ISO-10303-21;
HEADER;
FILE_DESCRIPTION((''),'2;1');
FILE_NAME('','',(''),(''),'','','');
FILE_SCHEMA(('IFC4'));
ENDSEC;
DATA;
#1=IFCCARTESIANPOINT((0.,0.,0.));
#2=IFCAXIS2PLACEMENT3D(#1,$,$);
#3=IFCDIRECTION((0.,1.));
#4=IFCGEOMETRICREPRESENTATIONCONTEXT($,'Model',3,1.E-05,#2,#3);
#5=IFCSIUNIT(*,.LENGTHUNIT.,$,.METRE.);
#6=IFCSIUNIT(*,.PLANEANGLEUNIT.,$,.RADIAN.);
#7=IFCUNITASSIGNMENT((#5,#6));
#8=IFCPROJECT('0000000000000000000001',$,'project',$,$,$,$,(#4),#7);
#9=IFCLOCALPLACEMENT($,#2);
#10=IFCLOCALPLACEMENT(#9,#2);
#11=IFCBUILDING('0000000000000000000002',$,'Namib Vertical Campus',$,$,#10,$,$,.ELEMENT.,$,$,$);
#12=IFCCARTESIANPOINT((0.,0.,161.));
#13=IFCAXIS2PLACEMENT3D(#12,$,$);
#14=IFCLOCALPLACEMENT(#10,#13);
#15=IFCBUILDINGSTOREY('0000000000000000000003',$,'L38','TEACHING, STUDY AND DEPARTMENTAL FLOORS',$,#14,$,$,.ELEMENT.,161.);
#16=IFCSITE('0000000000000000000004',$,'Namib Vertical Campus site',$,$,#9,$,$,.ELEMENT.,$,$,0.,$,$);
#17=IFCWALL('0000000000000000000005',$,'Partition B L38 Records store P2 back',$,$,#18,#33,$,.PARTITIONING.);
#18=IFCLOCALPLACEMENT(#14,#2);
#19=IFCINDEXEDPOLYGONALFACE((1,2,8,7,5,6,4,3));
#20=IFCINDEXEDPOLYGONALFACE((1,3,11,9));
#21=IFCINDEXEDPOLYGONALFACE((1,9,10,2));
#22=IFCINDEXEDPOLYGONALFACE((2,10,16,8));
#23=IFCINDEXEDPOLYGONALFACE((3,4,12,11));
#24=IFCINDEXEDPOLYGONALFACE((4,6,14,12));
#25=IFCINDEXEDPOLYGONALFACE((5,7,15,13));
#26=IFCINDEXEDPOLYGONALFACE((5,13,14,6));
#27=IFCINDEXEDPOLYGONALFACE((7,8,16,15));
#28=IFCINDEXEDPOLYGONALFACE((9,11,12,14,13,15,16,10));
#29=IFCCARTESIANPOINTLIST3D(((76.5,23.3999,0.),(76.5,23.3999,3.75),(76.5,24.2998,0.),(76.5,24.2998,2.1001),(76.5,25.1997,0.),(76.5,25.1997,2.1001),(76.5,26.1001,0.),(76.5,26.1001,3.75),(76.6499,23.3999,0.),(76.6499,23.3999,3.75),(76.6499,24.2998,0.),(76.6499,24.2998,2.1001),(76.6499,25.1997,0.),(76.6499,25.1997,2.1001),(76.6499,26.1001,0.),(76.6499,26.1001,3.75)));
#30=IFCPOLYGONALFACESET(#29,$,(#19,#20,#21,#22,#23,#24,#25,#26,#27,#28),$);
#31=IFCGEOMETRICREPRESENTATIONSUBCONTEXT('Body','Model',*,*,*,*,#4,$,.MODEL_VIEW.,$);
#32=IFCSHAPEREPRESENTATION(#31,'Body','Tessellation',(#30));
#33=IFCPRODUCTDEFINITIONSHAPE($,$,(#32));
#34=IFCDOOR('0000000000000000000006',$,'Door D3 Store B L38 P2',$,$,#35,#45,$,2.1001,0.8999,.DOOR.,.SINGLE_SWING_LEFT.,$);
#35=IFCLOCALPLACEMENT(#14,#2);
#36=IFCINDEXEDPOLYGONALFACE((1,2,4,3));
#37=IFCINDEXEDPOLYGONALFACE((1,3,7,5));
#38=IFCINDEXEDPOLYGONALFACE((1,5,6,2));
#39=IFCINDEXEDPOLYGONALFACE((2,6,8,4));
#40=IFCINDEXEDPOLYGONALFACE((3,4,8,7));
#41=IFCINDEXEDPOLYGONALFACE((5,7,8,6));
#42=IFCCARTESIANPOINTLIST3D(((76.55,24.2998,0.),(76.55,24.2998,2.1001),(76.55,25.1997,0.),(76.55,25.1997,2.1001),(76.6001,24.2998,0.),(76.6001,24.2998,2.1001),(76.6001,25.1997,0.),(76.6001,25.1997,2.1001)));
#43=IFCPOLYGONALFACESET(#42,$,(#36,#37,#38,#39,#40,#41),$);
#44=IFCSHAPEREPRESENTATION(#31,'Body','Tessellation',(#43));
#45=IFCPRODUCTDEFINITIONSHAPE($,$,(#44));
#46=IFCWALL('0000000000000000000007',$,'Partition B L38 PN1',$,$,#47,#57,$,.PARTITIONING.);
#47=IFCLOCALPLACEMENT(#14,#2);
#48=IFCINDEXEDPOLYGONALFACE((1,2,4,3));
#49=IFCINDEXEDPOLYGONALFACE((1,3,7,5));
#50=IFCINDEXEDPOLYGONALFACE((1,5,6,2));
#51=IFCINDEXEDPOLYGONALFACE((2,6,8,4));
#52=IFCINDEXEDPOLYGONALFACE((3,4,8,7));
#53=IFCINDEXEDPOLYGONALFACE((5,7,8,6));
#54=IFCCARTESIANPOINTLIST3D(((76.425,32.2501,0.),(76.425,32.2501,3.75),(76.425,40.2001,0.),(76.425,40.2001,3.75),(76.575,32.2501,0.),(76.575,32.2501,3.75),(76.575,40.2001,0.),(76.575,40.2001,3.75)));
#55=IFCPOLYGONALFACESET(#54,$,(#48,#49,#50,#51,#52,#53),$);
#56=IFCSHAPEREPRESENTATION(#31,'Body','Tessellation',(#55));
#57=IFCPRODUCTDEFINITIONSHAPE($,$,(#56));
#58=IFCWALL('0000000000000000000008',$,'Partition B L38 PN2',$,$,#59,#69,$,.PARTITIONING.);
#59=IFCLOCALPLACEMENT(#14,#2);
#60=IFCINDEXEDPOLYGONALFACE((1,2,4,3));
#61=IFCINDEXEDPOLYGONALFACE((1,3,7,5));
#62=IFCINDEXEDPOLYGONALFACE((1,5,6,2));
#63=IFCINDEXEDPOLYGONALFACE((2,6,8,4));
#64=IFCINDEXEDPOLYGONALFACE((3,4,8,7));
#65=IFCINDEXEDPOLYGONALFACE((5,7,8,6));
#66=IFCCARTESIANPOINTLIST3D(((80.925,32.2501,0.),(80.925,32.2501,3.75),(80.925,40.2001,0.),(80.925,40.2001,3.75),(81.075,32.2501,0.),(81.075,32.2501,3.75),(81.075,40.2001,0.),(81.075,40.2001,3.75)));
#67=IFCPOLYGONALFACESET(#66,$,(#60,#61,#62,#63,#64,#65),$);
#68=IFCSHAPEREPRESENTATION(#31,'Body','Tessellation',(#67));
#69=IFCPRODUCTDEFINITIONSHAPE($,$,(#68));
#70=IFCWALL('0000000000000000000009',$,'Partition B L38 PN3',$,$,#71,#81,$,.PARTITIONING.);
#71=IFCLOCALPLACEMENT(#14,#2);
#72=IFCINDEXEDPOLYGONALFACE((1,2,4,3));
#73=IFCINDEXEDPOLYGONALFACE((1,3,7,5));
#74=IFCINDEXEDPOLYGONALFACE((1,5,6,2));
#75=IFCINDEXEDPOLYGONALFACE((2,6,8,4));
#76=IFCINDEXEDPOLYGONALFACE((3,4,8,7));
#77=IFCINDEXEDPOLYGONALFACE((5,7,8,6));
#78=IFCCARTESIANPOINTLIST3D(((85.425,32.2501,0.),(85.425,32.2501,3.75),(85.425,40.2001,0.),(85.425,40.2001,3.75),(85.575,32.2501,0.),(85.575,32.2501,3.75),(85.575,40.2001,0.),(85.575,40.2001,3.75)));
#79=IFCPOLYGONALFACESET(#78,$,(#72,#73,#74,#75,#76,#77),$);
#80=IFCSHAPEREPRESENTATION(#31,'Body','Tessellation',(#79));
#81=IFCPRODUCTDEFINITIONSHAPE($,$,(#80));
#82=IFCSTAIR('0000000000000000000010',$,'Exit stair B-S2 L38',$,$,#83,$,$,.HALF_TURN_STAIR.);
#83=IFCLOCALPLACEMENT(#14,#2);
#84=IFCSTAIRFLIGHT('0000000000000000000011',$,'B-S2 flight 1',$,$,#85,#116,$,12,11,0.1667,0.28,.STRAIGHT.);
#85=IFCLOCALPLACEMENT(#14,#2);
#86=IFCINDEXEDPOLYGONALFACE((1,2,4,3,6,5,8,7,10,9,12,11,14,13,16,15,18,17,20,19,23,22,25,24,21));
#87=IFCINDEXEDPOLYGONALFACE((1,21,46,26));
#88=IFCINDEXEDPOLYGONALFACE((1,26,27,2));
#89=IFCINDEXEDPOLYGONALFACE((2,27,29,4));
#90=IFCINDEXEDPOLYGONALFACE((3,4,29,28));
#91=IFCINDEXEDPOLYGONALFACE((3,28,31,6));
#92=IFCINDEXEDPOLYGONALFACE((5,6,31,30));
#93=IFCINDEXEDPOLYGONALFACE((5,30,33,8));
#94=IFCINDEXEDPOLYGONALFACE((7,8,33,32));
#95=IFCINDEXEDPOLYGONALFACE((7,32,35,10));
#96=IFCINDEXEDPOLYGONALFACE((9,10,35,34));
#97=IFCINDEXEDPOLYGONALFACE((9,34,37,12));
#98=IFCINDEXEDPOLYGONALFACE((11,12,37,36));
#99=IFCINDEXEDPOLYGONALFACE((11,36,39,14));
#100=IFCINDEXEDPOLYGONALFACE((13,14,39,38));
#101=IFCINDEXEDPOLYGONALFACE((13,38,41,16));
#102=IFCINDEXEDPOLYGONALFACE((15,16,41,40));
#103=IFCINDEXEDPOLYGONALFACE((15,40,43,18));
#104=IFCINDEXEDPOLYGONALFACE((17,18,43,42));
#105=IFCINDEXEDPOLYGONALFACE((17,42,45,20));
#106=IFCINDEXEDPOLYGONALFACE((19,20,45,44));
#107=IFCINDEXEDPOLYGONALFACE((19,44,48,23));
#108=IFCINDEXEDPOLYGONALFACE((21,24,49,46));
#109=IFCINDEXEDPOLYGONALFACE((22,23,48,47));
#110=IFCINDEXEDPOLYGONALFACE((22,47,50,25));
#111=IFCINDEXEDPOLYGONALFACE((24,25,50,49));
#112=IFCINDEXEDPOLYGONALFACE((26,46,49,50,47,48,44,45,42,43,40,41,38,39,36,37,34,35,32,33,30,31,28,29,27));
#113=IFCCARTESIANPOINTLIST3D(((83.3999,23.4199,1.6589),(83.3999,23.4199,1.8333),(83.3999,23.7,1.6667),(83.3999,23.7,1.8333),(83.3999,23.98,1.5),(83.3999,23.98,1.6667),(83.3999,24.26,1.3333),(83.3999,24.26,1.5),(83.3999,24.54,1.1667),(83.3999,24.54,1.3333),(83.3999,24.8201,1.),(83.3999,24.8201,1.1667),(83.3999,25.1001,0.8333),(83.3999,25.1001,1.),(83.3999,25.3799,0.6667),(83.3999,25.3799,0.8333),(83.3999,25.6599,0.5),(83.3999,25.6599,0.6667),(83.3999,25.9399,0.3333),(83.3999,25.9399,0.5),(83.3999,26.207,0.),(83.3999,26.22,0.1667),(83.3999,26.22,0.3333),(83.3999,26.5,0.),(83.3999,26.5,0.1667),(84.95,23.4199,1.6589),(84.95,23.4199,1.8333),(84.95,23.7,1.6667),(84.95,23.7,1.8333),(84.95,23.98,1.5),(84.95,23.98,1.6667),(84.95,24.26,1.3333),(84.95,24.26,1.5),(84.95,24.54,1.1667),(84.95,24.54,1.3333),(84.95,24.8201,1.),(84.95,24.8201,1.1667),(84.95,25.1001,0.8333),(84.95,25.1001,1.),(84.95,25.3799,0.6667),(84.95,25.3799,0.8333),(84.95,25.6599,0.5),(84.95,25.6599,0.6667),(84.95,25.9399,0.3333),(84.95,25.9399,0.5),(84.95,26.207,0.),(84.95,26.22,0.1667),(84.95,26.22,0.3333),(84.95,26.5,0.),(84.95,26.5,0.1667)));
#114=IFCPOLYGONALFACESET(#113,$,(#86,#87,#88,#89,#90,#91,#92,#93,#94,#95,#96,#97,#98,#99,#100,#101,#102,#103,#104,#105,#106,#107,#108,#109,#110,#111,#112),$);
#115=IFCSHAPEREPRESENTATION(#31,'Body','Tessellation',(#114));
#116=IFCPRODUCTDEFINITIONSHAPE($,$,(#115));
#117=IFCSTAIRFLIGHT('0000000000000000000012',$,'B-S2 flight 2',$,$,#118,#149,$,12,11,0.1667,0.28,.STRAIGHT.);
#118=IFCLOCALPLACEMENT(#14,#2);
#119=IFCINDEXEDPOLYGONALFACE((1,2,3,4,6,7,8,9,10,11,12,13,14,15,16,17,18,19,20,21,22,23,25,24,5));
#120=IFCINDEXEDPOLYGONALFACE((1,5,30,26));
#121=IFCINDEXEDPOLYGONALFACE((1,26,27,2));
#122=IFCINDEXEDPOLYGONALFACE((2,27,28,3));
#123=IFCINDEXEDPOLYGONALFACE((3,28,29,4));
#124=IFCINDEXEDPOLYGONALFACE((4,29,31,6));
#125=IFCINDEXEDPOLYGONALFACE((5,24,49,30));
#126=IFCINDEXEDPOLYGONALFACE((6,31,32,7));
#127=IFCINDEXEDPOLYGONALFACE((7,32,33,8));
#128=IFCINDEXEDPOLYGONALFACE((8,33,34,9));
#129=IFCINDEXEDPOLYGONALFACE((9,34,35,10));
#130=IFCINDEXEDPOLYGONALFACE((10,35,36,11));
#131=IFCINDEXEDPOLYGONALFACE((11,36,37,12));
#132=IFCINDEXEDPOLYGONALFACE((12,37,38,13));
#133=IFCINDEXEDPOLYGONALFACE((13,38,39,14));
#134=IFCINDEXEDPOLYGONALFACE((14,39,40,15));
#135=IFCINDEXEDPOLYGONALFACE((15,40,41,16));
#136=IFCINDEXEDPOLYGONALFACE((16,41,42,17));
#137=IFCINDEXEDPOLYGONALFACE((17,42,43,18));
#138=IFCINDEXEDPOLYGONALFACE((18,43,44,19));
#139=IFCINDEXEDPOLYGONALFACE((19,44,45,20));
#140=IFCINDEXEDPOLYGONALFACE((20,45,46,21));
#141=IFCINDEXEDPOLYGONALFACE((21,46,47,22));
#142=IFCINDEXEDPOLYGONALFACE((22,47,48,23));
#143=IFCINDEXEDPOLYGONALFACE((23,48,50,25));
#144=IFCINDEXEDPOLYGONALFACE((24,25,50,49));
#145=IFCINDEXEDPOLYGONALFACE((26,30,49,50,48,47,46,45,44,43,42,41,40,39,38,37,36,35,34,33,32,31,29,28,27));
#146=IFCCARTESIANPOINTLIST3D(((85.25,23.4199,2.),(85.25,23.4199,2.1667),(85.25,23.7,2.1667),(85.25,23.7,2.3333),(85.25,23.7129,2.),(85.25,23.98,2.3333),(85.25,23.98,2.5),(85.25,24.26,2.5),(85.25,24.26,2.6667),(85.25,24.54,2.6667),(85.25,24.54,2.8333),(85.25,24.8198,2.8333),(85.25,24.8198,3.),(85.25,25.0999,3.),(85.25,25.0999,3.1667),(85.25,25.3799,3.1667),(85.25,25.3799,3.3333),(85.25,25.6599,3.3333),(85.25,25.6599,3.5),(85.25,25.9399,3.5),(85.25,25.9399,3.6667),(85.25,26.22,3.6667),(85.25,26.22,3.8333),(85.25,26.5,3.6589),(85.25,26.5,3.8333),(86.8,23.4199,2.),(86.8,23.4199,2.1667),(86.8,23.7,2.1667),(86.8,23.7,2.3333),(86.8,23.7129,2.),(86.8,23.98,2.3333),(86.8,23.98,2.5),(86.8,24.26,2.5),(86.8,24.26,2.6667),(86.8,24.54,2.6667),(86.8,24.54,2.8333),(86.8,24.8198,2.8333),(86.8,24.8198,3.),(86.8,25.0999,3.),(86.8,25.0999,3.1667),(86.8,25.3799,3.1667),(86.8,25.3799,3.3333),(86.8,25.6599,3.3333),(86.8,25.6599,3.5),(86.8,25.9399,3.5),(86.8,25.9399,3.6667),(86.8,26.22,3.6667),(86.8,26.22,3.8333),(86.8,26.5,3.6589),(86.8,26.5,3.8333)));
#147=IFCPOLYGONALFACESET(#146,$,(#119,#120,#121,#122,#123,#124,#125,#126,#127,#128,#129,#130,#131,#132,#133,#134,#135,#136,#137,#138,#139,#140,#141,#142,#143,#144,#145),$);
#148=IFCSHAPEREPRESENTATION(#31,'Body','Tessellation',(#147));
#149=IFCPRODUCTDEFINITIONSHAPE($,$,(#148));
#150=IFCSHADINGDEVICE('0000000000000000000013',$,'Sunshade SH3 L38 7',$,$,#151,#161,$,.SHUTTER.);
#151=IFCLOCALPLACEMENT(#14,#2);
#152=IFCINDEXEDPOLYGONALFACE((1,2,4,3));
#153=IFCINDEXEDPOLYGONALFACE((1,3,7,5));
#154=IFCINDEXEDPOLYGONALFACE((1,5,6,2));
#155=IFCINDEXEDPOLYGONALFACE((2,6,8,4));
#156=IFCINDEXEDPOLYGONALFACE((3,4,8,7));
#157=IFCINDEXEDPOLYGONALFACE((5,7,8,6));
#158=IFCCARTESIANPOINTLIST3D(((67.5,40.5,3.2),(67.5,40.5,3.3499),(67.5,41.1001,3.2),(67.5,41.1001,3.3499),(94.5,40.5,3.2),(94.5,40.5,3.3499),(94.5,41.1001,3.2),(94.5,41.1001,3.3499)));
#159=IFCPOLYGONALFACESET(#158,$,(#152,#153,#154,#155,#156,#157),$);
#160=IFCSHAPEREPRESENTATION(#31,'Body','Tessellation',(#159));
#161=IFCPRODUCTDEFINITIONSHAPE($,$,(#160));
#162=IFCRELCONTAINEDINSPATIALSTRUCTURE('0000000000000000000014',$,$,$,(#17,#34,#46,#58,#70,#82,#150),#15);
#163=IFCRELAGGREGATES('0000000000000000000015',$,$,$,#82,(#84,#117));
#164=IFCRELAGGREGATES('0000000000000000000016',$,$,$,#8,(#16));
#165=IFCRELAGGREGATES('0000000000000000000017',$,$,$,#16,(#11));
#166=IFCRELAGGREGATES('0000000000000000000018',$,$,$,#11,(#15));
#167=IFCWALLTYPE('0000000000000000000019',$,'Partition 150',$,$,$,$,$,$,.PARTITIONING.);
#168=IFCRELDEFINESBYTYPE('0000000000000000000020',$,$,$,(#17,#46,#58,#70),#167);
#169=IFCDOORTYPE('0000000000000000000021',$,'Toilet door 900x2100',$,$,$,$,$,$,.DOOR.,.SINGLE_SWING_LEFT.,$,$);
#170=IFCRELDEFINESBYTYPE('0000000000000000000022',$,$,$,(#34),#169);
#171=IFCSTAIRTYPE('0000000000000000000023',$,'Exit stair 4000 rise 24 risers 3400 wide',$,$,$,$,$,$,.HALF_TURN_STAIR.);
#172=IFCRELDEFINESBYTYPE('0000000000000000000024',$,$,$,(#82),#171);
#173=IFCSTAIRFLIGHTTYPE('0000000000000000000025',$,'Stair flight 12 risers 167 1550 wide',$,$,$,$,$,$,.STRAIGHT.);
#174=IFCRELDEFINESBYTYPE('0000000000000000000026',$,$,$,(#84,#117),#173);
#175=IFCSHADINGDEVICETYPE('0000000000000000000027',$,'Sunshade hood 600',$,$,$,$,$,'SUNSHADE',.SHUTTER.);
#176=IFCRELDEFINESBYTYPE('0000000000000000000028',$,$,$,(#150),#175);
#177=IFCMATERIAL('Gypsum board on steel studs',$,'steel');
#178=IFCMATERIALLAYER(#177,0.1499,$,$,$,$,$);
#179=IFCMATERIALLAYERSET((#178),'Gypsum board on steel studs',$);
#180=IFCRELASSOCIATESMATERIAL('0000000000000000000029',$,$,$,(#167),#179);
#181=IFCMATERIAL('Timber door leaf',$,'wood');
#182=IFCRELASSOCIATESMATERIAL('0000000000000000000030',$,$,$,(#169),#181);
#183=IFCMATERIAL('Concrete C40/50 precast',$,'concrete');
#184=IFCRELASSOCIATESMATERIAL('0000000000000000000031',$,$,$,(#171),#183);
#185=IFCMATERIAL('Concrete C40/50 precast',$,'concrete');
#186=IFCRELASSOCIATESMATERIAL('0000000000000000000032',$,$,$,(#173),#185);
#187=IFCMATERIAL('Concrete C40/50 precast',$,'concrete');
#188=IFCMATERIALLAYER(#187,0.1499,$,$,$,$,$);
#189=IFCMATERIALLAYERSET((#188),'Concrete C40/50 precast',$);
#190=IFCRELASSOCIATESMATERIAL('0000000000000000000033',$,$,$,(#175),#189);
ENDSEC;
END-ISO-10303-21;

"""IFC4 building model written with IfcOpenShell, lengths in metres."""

from ifc_helpers import new_model, si_unit, direction, frame, frame_2d, origin, origin_2d, place, context, subcontext, project, spatial, polyline, rectangle, outline, extrude, material, layer, layer_set, type_object, element, fill, aggregate, save


model = new_model("IFC4")

# Units and contexts
model_context = context("Model", 3, precision=1e-05, world=origin(), true_north=direction((0.0, 1.0)))
body_context = subcontext(model_context, "Body", "Model", "MODEL_VIEW")
ifc_project = project(units=[si_unit("LENGTHUNIT", "METRE"), si_unit("PLANEANGLEUNIT", "RADIAN")], contexts=[model_context])

# Site, building, storey
site_placement = place(None, origin())
site = spatial("IfcSite", under=ifc_project, at=site_placement, Name="Namib Vertical Campus site", CompositionType="ELEMENT", RefElevation=0.0)
building_placement = place(site_placement, origin())
building = spatial("IfcBuilding", under=site, at=building_placement, Name="Namib Vertical Campus", CompositionType="ELEMENT")
storey_placement = place(building_placement, frame((0.0, 0.0, 161.0)))
storey = spatial("IfcBuildingStorey", under=building, at=storey_placement, Name="L38", Description="TEACHING, STUDY AND DEPARTMENTAL FLOORS", CompositionType="ELEMENT", Elevation=161.0)

# Shared definitions
ifc_material_1 = material(Name="Gypsum board on steel studs", Category="steel")
ifc_layer_1 = layer(ifc_material_1, 0.1499)
ifc_layer_set_1 = layer_set([ifc_layer_1], Name="Gypsum board on steel studs")
wall_type_1 = type_object("IfcWallType", Name="Partition 150", PredefinedType="PARTITIONING", material=ifc_layer_set_1)
ifc_material_2 = material(Name="Timber door leaf", Category="wood")
door_type = type_object("IfcDoorType", Name="Toilet door 900x2100", OperationType="SINGLE_SWING_LEFT", PredefinedType="DOOR", material=ifc_material_2)

# Wall, opening, door
wall_1_placement = place(storey_placement, frame((76.575, 23.3999, 0.0), z_axis=(0.0, 0.0, 1.0), x_axis=(0.0, 1.0, 0.0)))
wall_1 = element("IfcWall", 1, at=wall_1_placement, inside=storey, type_object=wall_type_1, Name="Partition B L38 Records store P2 back", PredefinedType="PARTITIONING", context=body_context, shape_type="SweptSolid", body=[
    extrude(rectangle(XDim=2.7002, YDim=0.1499, at=frame_2d((1.3501, 0.0))), origin(), (0.0, 0.0, 1.0), 3.75),
])
opening_1_placement = place(wall_1_placement, frame((0.8999, 0.0, 0.0)))
opening_1 = element("IfcOpeningElement", 2, at=opening_1_placement, cuts=wall_1, PredefinedType="OPENING", context=body_context, shape_type="SweptSolid", body=[
    extrude(rectangle(XDim=0.8999, YDim=2.1001, at=frame_2d((0.45, 1.05))), frame((0.0, 0.085, 0.0), z_axis=(0.0, -1.0, 0.0), x_axis=(1.0, 0.0, 0.0)), (0.0, 0.0, 1.0), 0.1699),
])
door_1_placement = place(opening_1_placement, origin())
door_1 = element("IfcDoor", 3, at=door_1_placement, inside=storey, type_object=door_type, Name="Door D3 Store B L38 P2", OperationType="SINGLE_SWING_LEFT", OverallHeight=2.1001, OverallWidth=0.8999, PredefinedType="DOOR", context=body_context, shape_type="SweptSolid", body=[
    extrude(rectangle(XDim=0.8999, YDim=2.1001, at=frame_2d((0.45, 1.05))), frame((0.0, 0.0249, 0.0), z_axis=(0.0, -1.0, 0.0), x_axis=(1.0, 0.0, 0.0)), (0.0, 0.0, 1.0), 0.05),
])
fill(opening_1, door_1)

# Walls
for number, where, z_axis, x_axis, name in (
    (4, (76.5, 32.25, 0.0), (0.0, 0.0, 1.0), (0.0, 1.0, 0.0), "Partition B L38 PN1"),
    (5, (81.0, 32.25, 0.0), (0.0, 0.0, 1.0), (0.0, 1.0, 0.0), "Partition B L38 PN2"),
    (6, (85.5, 32.25, 0.0), (0.0, 0.0, 1.0), (0.0, 1.0, 0.0), "Partition B L38 PN3"),
):
    element("IfcWall", number, at=place(storey_placement, frame(where, z_axis=z_axis, x_axis=x_axis)), inside=storey, type_object=wall_type_1, Name=name, PredefinedType="PARTITIONING", context=body_context, shape_type="SweptSolid", body=[
        extrude(rectangle(XDim=7.95, YDim=0.1499, at=frame_2d((3.9751, 0.0))), origin(), (0.0, 0.0, 1.0), 3.75),
    ])

# Stair, stair flights
ifc_material_3 = material(Name="Concrete C40/50 precast", Category="concrete")
stair_type = type_object("IfcStairType", Name="Exit stair 4000 rise 24 risers 3400 wide", PredefinedType="HALF_TURN_STAIR", material=ifc_material_3)
stair_placement = place(storey_placement, origin())
stair = element("IfcStair", 7, at=stair_placement, inside=storey, type_object=stair_type, Name="Exit stair B-S2 L38", PredefinedType="HALF_TURN_STAIR")
ifc_material_4 = material(Name="Concrete C40/50 precast", Category="concrete")
stair_flight_type = type_object("IfcStairFlightType", Name="Stair flight 12 risers 167 1550 wide", PredefinedType="STRAIGHT", material=ifc_material_4)
stair_flight_1_placement = place(storey_placement, frame((84.175, 26.5, 0.0), z_axis=(0.0, 0.0, 1.0), x_axis=(0.0, -1.0, 0.0)))
stair_flight_1 = element("IfcStairFlight", 8, at=stair_flight_1_placement, type_object=stair_flight_type, Name="B-S2 flight 1", NumberOfRisers=12, NumberOfTreads=11, PredefinedType="STRAIGHT", RiserHeight=0.1667, TreadLength=0.28, context=body_context, shape_type="SweptSolid", body=[
    extrude(outline(polyline([(0.0, 0.0), (0.0, 0.1667), (0.28, 0.1667), (0.28, 0.3333), (0.5601, 0.3333), (0.5601, 0.5), (0.8401, 0.5), (0.8401, 0.6667), (1.1201, 0.6667), (1.1201, 0.8333), (1.3999, 0.8333), (1.3999, 1.0), (1.6799, 1.0), (1.6799, 1.1667), (1.96, 1.1667), (1.96, 1.3333), (2.24, 1.3333), (2.24, 1.5), (2.52, 1.5), (2.52, 1.6667), (2.8, 1.6667), (2.8, 1.8333), (3.0801, 1.8333), (3.0801, 2.0), (3.0801, 1.6589), (0.293, 0.0), (0.0, 0.0)])), frame((0.0, 0.7749, 0.0), z_axis=(0.0, -1.0, 0.0), x_axis=(1.0, 0.0, 0.0)), (0.0, 0.0, 1.0), 1.55),
])
stair_flight_2_placement = place(storey_placement, frame((86.0249, 23.4199, 2.0), z_axis=(0.0, 0.0, 1.0), x_axis=(0.0, 1.0, 0.0)))
stair_flight_2 = element("IfcStairFlight", 9, at=stair_flight_2_placement, type_object=stair_flight_type, Name="B-S2 flight 2", NumberOfRisers=12, NumberOfTreads=11, PredefinedType="STRAIGHT", RiserHeight=0.1667, TreadLength=0.28, context=body_context, shape_type="SweptSolid", body=[
    extrude(outline(polyline([(0.0, 0.0), (0.0, 0.1667), (0.28, 0.1667), (0.28, 0.3333), (0.5601, 0.3333), (0.5601, 0.5), (0.8401, 0.5), (0.8401, 0.6667), (1.1201, 0.6667), (1.1201, 0.8333), (1.3999, 0.8333), (1.3999, 1.0), (1.6799, 1.0), (1.6799, 1.1667), (1.96, 1.1667), (1.96, 1.3333), (2.24, 1.3333), (2.24, 1.5), (2.52, 1.5), (2.52, 1.6667), (2.8, 1.6667), (2.8, 1.8333), (3.0801, 1.8333), (3.0801, 2.0), (3.0801, 1.6589), (0.293, 0.0), (0.0, 0.0)])), frame((0.0, 0.7749, 0.0), z_axis=(0.0, -1.0, 0.0), x_axis=(1.0, 0.0, 0.0)), (0.0, 0.0, 1.0), 1.55),
])
aggregate(stair, [stair_flight_1, stair_flight_2])

# Shading device
ifc_material_5 = material(Name="Concrete C40/50 precast", Category="concrete")
ifc_layer_2 = layer(ifc_material_5, 0.1499)
ifc_layer_set_2 = layer_set([ifc_layer_2], Name="Concrete C40/50 precast")
shading_device_type = type_object("IfcShadingDeviceType", Name="Sunshade hood 600", ElementType="SUNSHADE", PredefinedType="SHUTTER", material=ifc_layer_set_2)
shading_device_placement = place(storey_placement, frame((81.0, 40.8, 3.2), z_axis=(0.0, 0.0, 1.0), x_axis=(-1.0, 0.0, 0.0)))
element("IfcShadingDevice", 10, at=shading_device_placement, inside=storey, type_object=shading_device_type, Name="Sunshade SH3 L38 7", PredefinedType="SHUTTER", context=body_context, shape_type="SweptSolid", body=[
    extrude(rectangle(XDim=27.0, YDim=0.6001, at=origin_2d()), origin(), (0.0, 0.0, 1.0), 0.1499),
])

save(model, "model.ifc")
